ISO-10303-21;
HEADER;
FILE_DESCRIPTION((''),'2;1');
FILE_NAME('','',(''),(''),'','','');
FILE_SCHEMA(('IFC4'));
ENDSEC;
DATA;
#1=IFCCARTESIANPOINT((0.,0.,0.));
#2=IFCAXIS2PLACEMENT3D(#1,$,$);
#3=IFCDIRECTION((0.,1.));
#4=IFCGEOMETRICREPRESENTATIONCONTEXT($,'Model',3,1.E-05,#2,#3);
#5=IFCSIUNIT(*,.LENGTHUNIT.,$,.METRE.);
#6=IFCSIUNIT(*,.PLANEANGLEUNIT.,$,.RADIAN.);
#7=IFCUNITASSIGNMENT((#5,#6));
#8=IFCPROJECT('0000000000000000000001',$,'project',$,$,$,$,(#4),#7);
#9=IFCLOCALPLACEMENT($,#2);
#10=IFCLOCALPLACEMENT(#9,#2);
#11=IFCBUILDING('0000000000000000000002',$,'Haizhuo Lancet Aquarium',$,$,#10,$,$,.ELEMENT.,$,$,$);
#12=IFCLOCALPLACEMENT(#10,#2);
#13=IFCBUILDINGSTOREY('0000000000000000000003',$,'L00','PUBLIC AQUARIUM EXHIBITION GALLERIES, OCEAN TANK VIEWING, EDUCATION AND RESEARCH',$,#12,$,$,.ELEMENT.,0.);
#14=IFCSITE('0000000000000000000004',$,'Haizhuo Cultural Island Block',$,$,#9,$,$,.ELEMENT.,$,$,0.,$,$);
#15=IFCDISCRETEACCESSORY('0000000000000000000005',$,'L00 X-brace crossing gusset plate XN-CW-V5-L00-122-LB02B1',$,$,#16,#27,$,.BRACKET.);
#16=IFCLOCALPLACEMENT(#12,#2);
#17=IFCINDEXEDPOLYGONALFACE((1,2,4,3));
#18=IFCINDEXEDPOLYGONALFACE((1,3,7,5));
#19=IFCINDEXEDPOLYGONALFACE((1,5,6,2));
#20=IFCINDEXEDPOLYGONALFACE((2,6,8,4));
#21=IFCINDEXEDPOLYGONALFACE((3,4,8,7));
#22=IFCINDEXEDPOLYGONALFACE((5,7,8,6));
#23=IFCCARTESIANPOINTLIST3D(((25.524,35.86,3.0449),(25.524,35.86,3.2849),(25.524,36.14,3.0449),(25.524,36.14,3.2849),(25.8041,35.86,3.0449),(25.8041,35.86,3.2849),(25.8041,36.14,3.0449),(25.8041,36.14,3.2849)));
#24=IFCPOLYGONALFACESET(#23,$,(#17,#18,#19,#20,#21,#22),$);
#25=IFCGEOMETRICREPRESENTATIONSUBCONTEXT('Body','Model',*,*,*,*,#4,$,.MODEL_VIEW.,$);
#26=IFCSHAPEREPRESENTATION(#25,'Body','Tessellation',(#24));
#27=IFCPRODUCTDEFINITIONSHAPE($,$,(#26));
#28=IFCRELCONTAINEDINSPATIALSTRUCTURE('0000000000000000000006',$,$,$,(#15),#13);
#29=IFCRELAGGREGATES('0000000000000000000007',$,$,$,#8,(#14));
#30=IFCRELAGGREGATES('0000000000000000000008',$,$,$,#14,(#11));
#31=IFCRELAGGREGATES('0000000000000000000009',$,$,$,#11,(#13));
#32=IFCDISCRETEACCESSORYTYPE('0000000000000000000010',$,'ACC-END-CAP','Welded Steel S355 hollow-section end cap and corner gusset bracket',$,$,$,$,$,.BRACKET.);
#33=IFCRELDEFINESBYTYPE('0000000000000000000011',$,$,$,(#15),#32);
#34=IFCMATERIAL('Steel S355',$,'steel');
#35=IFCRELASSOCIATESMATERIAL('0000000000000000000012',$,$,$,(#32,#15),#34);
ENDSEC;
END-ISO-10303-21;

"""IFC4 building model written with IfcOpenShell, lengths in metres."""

from ifc_helpers import new_model, si_unit, direction, frame, origin, origin_2d, place, context, subcontext, project, spatial, rectangle, extrude, material, type_object, element, save


model = new_model("IFC4")

# Units and contexts
model_context = context("Model", 3, precision=1e-05, world=origin(), true_north=direction((0.0, 1.0)))
body_context = subcontext(model_context, "Body", "Model", "MODEL_VIEW")
ifc_project = project(units=[si_unit("LENGTHUNIT", "METRE"), si_unit("PLANEANGLEUNIT", "RADIAN")], contexts=[model_context])

# Site, building, storey
site_placement = place(None, origin())
site = spatial("IfcSite", under=ifc_project, at=site_placement, Name="Haizhuo Cultural Island Block", CompositionType="ELEMENT", RefElevation=0.0)
building_placement = place(site_placement, origin())
building = spatial("IfcBuilding", under=site, at=building_placement, Name="Haizhuo Lancet Aquarium", CompositionType="ELEMENT")
storey_placement = place(building_placement, origin())
storey = spatial("IfcBuildingStorey", under=building, at=storey_placement, Name="L00", Description="PUBLIC AQUARIUM EXHIBITION GALLERIES, OCEAN TANK VIEWING, EDUCATION AND RESEARCH", CompositionType="ELEMENT", Elevation=0.0)

# Shared definitions
ifc_material_1 = material(Name="Steel S355", Category="steel")

# Discrete accessory
discrete_accessory_type = type_object("IfcDiscreteAccessoryType", Name="ACC-END-CAP", Description="Welded Steel S355 hollow-section end cap and corner gusset bracket", PredefinedType="BRACKET", material=ifc_material_1)
for number, where, z_axis, x_axis, name in (
    (1, (25.6641, 36.0, 3.0449), (0.0, 0.0, 1.0), (1.0, 0.0, 0.0), "L00 X-brace crossing gusset plate XN-CW-V5-L00-122-LB02B1"),
):
    element("IfcDiscreteAccessory", number, at=place(storey_placement, frame(where, z_axis=z_axis, x_axis=x_axis)), inside=storey, type_object=discrete_accessory_type, material=ifc_material_1, Name=name, PredefinedType="BRACKET", context=body_context, shape_type="SweptSolid", body=[
        extrude(rectangle(XDim=0.28, YDim=0.28, at=origin_2d()), origin(), (0.0, 0.0, 1.0), 0.24),
    ])

save(model, "model.ifc")
